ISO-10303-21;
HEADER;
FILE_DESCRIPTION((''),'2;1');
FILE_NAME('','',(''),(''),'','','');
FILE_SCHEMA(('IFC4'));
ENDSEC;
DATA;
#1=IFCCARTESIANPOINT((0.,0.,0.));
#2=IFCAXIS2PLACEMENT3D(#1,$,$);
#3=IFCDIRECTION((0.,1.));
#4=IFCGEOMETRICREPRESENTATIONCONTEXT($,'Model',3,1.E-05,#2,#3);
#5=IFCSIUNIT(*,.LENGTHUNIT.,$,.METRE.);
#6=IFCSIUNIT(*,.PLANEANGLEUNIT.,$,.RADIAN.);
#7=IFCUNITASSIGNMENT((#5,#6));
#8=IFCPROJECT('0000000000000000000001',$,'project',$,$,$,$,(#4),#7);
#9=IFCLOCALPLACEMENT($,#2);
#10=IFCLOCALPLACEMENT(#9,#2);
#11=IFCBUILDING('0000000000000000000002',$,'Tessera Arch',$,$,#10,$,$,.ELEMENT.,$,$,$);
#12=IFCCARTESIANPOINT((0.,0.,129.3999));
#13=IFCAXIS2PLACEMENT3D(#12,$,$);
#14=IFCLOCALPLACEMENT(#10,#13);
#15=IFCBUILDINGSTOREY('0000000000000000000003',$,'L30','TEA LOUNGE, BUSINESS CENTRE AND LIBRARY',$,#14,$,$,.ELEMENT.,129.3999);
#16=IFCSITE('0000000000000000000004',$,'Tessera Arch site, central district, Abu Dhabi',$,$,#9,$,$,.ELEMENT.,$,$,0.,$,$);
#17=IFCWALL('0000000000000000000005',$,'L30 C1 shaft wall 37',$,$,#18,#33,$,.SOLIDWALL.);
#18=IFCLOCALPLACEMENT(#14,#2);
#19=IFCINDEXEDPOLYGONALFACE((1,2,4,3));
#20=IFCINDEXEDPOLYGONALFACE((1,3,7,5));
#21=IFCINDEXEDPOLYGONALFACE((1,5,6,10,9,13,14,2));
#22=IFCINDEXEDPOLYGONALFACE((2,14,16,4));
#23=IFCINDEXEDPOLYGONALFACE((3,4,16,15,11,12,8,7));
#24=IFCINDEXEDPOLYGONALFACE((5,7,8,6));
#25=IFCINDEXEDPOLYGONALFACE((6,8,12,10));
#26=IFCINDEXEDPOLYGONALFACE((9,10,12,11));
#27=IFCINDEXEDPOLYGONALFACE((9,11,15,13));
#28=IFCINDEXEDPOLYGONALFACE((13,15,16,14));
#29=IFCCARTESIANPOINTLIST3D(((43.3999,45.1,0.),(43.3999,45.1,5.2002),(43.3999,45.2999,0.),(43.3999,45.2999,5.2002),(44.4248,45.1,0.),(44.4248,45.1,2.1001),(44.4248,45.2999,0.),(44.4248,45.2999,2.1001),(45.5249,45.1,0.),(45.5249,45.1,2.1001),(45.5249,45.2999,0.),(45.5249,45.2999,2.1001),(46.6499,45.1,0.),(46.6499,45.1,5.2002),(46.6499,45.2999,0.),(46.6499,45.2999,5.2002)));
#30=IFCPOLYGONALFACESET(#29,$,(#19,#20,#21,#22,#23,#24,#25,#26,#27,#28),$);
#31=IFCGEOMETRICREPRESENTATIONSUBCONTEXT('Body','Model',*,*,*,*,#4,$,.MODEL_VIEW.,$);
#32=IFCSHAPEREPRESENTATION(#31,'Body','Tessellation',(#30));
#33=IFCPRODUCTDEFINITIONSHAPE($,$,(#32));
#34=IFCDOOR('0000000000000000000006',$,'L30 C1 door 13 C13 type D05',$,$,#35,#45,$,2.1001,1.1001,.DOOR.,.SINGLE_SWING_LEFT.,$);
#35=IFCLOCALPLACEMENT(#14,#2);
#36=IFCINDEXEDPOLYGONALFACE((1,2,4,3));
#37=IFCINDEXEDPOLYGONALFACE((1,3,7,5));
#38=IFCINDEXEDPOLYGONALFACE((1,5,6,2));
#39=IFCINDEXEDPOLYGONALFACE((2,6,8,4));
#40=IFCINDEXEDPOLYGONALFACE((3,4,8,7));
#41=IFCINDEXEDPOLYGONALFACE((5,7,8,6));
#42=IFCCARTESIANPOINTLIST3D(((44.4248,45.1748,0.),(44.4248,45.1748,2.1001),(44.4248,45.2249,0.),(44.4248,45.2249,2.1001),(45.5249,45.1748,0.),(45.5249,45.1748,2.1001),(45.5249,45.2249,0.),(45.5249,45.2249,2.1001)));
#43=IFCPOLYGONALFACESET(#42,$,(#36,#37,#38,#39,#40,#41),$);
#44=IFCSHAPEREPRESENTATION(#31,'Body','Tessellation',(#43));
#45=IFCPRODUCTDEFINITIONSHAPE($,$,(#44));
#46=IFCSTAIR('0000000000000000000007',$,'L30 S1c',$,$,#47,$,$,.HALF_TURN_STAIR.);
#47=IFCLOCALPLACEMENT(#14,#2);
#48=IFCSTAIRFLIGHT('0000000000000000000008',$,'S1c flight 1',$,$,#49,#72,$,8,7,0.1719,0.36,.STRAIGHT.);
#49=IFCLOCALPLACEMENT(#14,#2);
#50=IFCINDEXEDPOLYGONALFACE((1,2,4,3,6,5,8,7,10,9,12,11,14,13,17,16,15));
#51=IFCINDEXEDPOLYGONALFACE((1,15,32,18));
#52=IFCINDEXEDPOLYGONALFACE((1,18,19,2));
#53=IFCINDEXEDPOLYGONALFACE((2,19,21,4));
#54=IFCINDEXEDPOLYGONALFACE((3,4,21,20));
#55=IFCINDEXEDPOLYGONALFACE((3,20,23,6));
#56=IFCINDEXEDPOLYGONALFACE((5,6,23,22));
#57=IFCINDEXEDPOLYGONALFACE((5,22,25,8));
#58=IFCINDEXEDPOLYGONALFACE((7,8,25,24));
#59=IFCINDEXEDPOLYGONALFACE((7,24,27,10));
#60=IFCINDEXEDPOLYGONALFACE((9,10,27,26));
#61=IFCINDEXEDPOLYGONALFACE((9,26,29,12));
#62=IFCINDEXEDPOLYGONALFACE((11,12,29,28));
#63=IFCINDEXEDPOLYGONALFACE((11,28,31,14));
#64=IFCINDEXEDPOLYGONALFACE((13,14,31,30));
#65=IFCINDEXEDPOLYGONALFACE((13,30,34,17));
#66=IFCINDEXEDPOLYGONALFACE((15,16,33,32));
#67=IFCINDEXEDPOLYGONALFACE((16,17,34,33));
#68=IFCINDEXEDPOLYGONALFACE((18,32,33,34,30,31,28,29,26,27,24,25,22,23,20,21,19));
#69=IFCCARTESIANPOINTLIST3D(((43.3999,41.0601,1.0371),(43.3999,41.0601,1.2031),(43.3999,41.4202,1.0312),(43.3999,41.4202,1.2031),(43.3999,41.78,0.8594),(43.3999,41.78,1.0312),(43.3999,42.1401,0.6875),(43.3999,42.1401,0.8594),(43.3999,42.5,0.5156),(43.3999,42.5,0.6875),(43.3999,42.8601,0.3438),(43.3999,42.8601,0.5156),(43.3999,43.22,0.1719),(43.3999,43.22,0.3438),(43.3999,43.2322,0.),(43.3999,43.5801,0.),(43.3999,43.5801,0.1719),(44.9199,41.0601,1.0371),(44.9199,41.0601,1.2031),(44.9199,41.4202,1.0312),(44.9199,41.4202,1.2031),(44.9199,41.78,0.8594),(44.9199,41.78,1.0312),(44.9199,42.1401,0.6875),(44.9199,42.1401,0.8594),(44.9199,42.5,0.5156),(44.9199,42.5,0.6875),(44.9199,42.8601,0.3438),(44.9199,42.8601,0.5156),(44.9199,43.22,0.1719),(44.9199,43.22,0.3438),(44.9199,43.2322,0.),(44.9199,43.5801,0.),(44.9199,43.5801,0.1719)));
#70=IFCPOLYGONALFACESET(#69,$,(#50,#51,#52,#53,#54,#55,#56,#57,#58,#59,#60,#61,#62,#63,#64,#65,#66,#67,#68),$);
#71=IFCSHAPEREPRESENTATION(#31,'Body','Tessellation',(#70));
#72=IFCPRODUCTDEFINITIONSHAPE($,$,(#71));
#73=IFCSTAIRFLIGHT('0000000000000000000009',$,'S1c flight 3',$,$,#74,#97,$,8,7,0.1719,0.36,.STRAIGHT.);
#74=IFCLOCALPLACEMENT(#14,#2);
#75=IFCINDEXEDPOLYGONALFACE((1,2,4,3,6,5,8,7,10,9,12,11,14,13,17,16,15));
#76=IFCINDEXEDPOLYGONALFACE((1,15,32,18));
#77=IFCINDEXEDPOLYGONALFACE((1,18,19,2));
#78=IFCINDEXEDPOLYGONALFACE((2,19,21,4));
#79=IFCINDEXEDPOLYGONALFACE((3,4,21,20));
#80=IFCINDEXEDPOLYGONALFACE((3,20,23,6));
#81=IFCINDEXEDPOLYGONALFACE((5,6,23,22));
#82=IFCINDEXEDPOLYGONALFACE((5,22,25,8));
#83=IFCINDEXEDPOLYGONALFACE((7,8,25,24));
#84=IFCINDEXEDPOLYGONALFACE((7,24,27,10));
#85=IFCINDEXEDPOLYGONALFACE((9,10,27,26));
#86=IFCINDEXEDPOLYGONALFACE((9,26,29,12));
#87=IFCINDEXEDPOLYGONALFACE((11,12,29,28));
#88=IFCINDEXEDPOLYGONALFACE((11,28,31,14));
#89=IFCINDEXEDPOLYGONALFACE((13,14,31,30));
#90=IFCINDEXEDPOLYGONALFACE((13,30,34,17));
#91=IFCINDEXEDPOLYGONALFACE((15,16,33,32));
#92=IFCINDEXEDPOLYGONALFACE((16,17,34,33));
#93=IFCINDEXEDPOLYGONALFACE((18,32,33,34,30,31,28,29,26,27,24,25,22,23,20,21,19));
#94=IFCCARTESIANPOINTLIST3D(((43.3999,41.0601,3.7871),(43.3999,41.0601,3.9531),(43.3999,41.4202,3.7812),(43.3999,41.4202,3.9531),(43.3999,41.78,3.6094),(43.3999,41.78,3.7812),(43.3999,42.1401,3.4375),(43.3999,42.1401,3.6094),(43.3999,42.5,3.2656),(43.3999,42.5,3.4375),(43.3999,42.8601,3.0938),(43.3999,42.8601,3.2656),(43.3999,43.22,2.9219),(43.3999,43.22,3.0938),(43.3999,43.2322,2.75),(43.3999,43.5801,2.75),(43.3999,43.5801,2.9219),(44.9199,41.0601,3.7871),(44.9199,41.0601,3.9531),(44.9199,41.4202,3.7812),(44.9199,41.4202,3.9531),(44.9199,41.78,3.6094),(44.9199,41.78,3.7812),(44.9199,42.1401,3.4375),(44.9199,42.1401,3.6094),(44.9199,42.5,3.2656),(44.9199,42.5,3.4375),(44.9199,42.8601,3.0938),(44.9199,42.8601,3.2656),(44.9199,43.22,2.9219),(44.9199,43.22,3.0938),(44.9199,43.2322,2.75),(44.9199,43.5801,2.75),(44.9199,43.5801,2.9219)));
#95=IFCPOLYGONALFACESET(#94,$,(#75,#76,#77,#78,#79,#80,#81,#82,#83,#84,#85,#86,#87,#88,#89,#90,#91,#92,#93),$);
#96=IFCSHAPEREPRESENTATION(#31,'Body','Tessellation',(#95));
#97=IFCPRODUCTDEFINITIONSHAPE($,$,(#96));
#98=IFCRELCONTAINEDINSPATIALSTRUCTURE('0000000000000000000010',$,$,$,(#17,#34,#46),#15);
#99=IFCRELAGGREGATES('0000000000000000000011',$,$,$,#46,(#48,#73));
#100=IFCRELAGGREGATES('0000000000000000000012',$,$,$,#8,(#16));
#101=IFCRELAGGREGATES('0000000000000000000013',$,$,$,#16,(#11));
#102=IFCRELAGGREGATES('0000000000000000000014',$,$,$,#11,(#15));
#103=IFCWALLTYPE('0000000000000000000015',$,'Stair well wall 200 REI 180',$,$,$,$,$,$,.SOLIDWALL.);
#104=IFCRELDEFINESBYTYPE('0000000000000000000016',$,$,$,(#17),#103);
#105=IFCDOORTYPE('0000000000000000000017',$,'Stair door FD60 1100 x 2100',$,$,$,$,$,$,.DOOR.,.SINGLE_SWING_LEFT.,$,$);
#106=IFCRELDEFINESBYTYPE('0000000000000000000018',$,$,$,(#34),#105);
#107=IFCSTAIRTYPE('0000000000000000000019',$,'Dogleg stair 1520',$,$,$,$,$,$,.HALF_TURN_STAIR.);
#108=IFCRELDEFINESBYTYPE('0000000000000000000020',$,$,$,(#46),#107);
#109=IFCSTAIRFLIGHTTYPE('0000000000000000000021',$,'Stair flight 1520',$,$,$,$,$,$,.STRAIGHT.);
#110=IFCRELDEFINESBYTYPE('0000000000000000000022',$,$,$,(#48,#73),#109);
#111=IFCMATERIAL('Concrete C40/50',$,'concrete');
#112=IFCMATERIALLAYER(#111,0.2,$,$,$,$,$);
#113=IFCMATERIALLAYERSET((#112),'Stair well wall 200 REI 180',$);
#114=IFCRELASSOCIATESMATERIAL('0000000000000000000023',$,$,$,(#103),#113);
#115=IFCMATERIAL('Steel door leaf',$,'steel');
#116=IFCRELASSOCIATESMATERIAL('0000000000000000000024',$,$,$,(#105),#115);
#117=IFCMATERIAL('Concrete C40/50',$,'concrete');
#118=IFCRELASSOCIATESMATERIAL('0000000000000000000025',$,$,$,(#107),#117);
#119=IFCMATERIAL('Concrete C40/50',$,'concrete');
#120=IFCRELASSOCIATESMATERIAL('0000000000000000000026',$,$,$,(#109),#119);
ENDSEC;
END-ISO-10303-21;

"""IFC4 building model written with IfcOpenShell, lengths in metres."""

from ifc_helpers import new_model, si_unit, direction, frame, frame_2d, origin, place, context, subcontext, project, spatial, polyline, rectangle, outline, extrude, material, layer, layer_set, type_object, element, fill, aggregate, save


model = new_model("IFC4")

# Units and contexts
model_context = context("Model", 3, precision=1e-05, world=origin(), true_north=direction((0.0, 1.0)))
body_context = subcontext(model_context, "Body", "Model", "MODEL_VIEW")
ifc_project = project(units=[si_unit("LENGTHUNIT", "METRE"), si_unit("PLANEANGLEUNIT", "RADIAN")], contexts=[model_context])

# Site, building, storey
site_placement = place(None, origin())
site = spatial("IfcSite", under=ifc_project, at=site_placement, Name="Tessera Arch site, central district, Abu Dhabi", CompositionType="ELEMENT", RefElevation=0.0)
building_placement = place(site_placement, origin())
building = spatial("IfcBuilding", under=site, at=building_placement, Name="Tessera Arch", CompositionType="ELEMENT")
storey_placement = place(building_placement, frame((0.0, 0.0, 129.3999)))
storey = spatial("IfcBuildingStorey", under=building, at=storey_placement, Name="L30", Description="TEA LOUNGE, BUSINESS CENTRE AND LIBRARY", CompositionType="ELEMENT", Elevation=129.3999)

# Shared definitions
ifc_material_1 = material(Name="Concrete C40/50", Category="concrete")
ifc_layer_1 = layer(ifc_material_1, 0.2)
ifc_layer_set_1 = layer_set([ifc_layer_1], Name="Stair well wall 200 REI 180")
wall_type_1 = type_object("IfcWallType", Name="Stair well wall 200 REI 180", PredefinedType="SOLIDWALL", material=ifc_layer_set_1)

# Wall, opening, door
wall_1_placement = place(storey_placement, frame((43.3999, 45.2, 0.0), z_axis=(0.0, 0.0, 1.0), x_axis=(1.0, 0.0, 0.0)))
wall_1 = element("IfcWall", 1, at=wall_1_placement, inside=storey, type_object=wall_type_1, Name="L30 C1 shaft wall 37", PredefinedType="SOLIDWALL", context=body_context, shape_type="SweptSolid", body=[
    extrude(rectangle(XDim=3.25, YDim=0.2, at=frame_2d((1.625, 0.0))), origin(), (0.0, 0.0, 1.0), 5.2002),
])
opening_placement = place(wall_1_placement, frame((1.0249, 0.0, 0.0)))
opening = element("IfcOpeningElement", 2, at=opening_placement, cuts=wall_1, PredefinedType="OPENING", context=body_context, shape_type="SweptSolid", body=[
    extrude(rectangle(XDim=1.1001, YDim=2.1001, at=frame_2d((0.55, 1.05))), frame((0.0, 0.1099, 0.0), z_axis=(0.0, -1.0, 0.0), x_axis=(1.0, 0.0, 0.0)), (0.0, 0.0, 1.0), 0.22),
])
ifc_material_2 = material(Name="Steel door leaf", Category="steel")
door_type = type_object("IfcDoorType", Name="Stair door FD60 1100 x 2100", OperationType="SINGLE_SWING_LEFT", PredefinedType="DOOR", material=ifc_material_2)
door_placement = place(opening_placement, origin())
door = element("IfcDoor", 3, at=door_placement, inside=storey, type_object=door_type, Name="L30 C1 door 13 C13 type D05", OperationType="SINGLE_SWING_LEFT", OverallHeight=2.1001, OverallWidth=1.1001, PredefinedType="DOOR", context=body_context, shape_type="SweptSolid", body=[
    extrude(rectangle(XDim=1.1001, YDim=2.1001, at=frame_2d((0.55, 1.05))), frame((0.0, 0.0249, 0.0), z_axis=(0.0, -1.0, 0.0), x_axis=(1.0, 0.0, 0.0)), (0.0, 0.0, 1.0), 0.05),
])
fill(opening, door)

# Stair, stair flights
ifc_material_3 = material(Name="Concrete C40/50", Category="concrete")
stair_type = type_object("IfcStairType", Name="Dogleg stair 1520", PredefinedType="HALF_TURN_STAIR", material=ifc_material_3)
stair_placement = place(storey_placement, origin())
stair = element("IfcStair", 4, at=stair_placement, inside=storey, type_object=stair_type, Name="L30 S1c", PredefinedType="HALF_TURN_STAIR")
ifc_material_4 = material(Name="Concrete C40/50", Category="concrete")
stair_flight_type = type_object("IfcStairFlightType", Name="Stair flight 1520", PredefinedType="STRAIGHT", material=ifc_material_4)
stair_flight_1_placement = place(storey_placement, frame((44.1599, 43.5801, 0.0), z_axis=(0.0, 0.0, 1.0), x_axis=(0.0, -1.0, 0.0)))
stair_flight_1 = element("IfcStairFlight", 5, at=stair_flight_1_placement, type_object=stair_flight_type, Name="S1c flight 1", NumberOfRisers=8, NumberOfTreads=7, PredefinedType="STRAIGHT", RiserHeight=0.1719, TreadLength=0.36, context=body_context, shape_type="SweptSolid", body=[
    extrude(outline(polyline([(0.0, 0.0), (0.0, 0.1719), (0.3601, 0.1719), (0.3601, 0.3438), (0.72, 0.3438), (0.72, 0.5156), (1.0801, 0.5156), (1.0801, 0.6875), (1.4399, 0.6875), (1.4399, 0.8594), (1.8, 0.8594), (1.8, 1.0312), (2.1599, 1.0312), (2.1599, 1.2031), (2.52, 1.2031), (2.52, 1.375), (2.52, 1.0371), (0.3479, 0.0), (0.0, 0.0)])), frame((0.0, 0.76, 0.0), z_axis=(0.0, -1.0, 0.0), x_axis=(1.0, 0.0, 0.0)), (0.0, 0.0, 1.0), 1.52),
])
stair_flight_2_placement = place(storey_placement, frame((44.1599, 43.5801, 2.75), z_axis=(0.0, 0.0, 1.0), x_axis=(0.0, -1.0, 0.0)))
stair_flight_2 = element("IfcStairFlight", 6, at=stair_flight_2_placement, type_object=stair_flight_type, Name="S1c flight 3", NumberOfRisers=8, NumberOfTreads=7, PredefinedType="STRAIGHT", RiserHeight=0.1719, TreadLength=0.36, context=body_context, shape_type="SweptSolid", body=[
    extrude(outline(polyline([(0.0, 0.0), (0.0, 0.1719), (0.3601, 0.1719), (0.3601, 0.3438), (0.72, 0.3438), (0.72, 0.5156), (1.0801, 0.5156), (1.0801, 0.6875), (1.4399, 0.6875), (1.4399, 0.8594), (1.8, 0.8594), (1.8, 1.0312), (2.1599, 1.0312), (2.1599, 1.2031), (2.52, 1.2031), (2.52, 1.375), (2.52, 1.0371), (0.3479, 0.0), (0.0, 0.0)])), frame((0.0, 0.76, 0.0), z_axis=(0.0, -1.0, 0.0), x_axis=(1.0, 0.0, 0.0)), (0.0, 0.0, 1.0), 1.52),
])
aggregate(stair, [stair_flight_1, stair_flight_2])

save(model, "model.ifc")
